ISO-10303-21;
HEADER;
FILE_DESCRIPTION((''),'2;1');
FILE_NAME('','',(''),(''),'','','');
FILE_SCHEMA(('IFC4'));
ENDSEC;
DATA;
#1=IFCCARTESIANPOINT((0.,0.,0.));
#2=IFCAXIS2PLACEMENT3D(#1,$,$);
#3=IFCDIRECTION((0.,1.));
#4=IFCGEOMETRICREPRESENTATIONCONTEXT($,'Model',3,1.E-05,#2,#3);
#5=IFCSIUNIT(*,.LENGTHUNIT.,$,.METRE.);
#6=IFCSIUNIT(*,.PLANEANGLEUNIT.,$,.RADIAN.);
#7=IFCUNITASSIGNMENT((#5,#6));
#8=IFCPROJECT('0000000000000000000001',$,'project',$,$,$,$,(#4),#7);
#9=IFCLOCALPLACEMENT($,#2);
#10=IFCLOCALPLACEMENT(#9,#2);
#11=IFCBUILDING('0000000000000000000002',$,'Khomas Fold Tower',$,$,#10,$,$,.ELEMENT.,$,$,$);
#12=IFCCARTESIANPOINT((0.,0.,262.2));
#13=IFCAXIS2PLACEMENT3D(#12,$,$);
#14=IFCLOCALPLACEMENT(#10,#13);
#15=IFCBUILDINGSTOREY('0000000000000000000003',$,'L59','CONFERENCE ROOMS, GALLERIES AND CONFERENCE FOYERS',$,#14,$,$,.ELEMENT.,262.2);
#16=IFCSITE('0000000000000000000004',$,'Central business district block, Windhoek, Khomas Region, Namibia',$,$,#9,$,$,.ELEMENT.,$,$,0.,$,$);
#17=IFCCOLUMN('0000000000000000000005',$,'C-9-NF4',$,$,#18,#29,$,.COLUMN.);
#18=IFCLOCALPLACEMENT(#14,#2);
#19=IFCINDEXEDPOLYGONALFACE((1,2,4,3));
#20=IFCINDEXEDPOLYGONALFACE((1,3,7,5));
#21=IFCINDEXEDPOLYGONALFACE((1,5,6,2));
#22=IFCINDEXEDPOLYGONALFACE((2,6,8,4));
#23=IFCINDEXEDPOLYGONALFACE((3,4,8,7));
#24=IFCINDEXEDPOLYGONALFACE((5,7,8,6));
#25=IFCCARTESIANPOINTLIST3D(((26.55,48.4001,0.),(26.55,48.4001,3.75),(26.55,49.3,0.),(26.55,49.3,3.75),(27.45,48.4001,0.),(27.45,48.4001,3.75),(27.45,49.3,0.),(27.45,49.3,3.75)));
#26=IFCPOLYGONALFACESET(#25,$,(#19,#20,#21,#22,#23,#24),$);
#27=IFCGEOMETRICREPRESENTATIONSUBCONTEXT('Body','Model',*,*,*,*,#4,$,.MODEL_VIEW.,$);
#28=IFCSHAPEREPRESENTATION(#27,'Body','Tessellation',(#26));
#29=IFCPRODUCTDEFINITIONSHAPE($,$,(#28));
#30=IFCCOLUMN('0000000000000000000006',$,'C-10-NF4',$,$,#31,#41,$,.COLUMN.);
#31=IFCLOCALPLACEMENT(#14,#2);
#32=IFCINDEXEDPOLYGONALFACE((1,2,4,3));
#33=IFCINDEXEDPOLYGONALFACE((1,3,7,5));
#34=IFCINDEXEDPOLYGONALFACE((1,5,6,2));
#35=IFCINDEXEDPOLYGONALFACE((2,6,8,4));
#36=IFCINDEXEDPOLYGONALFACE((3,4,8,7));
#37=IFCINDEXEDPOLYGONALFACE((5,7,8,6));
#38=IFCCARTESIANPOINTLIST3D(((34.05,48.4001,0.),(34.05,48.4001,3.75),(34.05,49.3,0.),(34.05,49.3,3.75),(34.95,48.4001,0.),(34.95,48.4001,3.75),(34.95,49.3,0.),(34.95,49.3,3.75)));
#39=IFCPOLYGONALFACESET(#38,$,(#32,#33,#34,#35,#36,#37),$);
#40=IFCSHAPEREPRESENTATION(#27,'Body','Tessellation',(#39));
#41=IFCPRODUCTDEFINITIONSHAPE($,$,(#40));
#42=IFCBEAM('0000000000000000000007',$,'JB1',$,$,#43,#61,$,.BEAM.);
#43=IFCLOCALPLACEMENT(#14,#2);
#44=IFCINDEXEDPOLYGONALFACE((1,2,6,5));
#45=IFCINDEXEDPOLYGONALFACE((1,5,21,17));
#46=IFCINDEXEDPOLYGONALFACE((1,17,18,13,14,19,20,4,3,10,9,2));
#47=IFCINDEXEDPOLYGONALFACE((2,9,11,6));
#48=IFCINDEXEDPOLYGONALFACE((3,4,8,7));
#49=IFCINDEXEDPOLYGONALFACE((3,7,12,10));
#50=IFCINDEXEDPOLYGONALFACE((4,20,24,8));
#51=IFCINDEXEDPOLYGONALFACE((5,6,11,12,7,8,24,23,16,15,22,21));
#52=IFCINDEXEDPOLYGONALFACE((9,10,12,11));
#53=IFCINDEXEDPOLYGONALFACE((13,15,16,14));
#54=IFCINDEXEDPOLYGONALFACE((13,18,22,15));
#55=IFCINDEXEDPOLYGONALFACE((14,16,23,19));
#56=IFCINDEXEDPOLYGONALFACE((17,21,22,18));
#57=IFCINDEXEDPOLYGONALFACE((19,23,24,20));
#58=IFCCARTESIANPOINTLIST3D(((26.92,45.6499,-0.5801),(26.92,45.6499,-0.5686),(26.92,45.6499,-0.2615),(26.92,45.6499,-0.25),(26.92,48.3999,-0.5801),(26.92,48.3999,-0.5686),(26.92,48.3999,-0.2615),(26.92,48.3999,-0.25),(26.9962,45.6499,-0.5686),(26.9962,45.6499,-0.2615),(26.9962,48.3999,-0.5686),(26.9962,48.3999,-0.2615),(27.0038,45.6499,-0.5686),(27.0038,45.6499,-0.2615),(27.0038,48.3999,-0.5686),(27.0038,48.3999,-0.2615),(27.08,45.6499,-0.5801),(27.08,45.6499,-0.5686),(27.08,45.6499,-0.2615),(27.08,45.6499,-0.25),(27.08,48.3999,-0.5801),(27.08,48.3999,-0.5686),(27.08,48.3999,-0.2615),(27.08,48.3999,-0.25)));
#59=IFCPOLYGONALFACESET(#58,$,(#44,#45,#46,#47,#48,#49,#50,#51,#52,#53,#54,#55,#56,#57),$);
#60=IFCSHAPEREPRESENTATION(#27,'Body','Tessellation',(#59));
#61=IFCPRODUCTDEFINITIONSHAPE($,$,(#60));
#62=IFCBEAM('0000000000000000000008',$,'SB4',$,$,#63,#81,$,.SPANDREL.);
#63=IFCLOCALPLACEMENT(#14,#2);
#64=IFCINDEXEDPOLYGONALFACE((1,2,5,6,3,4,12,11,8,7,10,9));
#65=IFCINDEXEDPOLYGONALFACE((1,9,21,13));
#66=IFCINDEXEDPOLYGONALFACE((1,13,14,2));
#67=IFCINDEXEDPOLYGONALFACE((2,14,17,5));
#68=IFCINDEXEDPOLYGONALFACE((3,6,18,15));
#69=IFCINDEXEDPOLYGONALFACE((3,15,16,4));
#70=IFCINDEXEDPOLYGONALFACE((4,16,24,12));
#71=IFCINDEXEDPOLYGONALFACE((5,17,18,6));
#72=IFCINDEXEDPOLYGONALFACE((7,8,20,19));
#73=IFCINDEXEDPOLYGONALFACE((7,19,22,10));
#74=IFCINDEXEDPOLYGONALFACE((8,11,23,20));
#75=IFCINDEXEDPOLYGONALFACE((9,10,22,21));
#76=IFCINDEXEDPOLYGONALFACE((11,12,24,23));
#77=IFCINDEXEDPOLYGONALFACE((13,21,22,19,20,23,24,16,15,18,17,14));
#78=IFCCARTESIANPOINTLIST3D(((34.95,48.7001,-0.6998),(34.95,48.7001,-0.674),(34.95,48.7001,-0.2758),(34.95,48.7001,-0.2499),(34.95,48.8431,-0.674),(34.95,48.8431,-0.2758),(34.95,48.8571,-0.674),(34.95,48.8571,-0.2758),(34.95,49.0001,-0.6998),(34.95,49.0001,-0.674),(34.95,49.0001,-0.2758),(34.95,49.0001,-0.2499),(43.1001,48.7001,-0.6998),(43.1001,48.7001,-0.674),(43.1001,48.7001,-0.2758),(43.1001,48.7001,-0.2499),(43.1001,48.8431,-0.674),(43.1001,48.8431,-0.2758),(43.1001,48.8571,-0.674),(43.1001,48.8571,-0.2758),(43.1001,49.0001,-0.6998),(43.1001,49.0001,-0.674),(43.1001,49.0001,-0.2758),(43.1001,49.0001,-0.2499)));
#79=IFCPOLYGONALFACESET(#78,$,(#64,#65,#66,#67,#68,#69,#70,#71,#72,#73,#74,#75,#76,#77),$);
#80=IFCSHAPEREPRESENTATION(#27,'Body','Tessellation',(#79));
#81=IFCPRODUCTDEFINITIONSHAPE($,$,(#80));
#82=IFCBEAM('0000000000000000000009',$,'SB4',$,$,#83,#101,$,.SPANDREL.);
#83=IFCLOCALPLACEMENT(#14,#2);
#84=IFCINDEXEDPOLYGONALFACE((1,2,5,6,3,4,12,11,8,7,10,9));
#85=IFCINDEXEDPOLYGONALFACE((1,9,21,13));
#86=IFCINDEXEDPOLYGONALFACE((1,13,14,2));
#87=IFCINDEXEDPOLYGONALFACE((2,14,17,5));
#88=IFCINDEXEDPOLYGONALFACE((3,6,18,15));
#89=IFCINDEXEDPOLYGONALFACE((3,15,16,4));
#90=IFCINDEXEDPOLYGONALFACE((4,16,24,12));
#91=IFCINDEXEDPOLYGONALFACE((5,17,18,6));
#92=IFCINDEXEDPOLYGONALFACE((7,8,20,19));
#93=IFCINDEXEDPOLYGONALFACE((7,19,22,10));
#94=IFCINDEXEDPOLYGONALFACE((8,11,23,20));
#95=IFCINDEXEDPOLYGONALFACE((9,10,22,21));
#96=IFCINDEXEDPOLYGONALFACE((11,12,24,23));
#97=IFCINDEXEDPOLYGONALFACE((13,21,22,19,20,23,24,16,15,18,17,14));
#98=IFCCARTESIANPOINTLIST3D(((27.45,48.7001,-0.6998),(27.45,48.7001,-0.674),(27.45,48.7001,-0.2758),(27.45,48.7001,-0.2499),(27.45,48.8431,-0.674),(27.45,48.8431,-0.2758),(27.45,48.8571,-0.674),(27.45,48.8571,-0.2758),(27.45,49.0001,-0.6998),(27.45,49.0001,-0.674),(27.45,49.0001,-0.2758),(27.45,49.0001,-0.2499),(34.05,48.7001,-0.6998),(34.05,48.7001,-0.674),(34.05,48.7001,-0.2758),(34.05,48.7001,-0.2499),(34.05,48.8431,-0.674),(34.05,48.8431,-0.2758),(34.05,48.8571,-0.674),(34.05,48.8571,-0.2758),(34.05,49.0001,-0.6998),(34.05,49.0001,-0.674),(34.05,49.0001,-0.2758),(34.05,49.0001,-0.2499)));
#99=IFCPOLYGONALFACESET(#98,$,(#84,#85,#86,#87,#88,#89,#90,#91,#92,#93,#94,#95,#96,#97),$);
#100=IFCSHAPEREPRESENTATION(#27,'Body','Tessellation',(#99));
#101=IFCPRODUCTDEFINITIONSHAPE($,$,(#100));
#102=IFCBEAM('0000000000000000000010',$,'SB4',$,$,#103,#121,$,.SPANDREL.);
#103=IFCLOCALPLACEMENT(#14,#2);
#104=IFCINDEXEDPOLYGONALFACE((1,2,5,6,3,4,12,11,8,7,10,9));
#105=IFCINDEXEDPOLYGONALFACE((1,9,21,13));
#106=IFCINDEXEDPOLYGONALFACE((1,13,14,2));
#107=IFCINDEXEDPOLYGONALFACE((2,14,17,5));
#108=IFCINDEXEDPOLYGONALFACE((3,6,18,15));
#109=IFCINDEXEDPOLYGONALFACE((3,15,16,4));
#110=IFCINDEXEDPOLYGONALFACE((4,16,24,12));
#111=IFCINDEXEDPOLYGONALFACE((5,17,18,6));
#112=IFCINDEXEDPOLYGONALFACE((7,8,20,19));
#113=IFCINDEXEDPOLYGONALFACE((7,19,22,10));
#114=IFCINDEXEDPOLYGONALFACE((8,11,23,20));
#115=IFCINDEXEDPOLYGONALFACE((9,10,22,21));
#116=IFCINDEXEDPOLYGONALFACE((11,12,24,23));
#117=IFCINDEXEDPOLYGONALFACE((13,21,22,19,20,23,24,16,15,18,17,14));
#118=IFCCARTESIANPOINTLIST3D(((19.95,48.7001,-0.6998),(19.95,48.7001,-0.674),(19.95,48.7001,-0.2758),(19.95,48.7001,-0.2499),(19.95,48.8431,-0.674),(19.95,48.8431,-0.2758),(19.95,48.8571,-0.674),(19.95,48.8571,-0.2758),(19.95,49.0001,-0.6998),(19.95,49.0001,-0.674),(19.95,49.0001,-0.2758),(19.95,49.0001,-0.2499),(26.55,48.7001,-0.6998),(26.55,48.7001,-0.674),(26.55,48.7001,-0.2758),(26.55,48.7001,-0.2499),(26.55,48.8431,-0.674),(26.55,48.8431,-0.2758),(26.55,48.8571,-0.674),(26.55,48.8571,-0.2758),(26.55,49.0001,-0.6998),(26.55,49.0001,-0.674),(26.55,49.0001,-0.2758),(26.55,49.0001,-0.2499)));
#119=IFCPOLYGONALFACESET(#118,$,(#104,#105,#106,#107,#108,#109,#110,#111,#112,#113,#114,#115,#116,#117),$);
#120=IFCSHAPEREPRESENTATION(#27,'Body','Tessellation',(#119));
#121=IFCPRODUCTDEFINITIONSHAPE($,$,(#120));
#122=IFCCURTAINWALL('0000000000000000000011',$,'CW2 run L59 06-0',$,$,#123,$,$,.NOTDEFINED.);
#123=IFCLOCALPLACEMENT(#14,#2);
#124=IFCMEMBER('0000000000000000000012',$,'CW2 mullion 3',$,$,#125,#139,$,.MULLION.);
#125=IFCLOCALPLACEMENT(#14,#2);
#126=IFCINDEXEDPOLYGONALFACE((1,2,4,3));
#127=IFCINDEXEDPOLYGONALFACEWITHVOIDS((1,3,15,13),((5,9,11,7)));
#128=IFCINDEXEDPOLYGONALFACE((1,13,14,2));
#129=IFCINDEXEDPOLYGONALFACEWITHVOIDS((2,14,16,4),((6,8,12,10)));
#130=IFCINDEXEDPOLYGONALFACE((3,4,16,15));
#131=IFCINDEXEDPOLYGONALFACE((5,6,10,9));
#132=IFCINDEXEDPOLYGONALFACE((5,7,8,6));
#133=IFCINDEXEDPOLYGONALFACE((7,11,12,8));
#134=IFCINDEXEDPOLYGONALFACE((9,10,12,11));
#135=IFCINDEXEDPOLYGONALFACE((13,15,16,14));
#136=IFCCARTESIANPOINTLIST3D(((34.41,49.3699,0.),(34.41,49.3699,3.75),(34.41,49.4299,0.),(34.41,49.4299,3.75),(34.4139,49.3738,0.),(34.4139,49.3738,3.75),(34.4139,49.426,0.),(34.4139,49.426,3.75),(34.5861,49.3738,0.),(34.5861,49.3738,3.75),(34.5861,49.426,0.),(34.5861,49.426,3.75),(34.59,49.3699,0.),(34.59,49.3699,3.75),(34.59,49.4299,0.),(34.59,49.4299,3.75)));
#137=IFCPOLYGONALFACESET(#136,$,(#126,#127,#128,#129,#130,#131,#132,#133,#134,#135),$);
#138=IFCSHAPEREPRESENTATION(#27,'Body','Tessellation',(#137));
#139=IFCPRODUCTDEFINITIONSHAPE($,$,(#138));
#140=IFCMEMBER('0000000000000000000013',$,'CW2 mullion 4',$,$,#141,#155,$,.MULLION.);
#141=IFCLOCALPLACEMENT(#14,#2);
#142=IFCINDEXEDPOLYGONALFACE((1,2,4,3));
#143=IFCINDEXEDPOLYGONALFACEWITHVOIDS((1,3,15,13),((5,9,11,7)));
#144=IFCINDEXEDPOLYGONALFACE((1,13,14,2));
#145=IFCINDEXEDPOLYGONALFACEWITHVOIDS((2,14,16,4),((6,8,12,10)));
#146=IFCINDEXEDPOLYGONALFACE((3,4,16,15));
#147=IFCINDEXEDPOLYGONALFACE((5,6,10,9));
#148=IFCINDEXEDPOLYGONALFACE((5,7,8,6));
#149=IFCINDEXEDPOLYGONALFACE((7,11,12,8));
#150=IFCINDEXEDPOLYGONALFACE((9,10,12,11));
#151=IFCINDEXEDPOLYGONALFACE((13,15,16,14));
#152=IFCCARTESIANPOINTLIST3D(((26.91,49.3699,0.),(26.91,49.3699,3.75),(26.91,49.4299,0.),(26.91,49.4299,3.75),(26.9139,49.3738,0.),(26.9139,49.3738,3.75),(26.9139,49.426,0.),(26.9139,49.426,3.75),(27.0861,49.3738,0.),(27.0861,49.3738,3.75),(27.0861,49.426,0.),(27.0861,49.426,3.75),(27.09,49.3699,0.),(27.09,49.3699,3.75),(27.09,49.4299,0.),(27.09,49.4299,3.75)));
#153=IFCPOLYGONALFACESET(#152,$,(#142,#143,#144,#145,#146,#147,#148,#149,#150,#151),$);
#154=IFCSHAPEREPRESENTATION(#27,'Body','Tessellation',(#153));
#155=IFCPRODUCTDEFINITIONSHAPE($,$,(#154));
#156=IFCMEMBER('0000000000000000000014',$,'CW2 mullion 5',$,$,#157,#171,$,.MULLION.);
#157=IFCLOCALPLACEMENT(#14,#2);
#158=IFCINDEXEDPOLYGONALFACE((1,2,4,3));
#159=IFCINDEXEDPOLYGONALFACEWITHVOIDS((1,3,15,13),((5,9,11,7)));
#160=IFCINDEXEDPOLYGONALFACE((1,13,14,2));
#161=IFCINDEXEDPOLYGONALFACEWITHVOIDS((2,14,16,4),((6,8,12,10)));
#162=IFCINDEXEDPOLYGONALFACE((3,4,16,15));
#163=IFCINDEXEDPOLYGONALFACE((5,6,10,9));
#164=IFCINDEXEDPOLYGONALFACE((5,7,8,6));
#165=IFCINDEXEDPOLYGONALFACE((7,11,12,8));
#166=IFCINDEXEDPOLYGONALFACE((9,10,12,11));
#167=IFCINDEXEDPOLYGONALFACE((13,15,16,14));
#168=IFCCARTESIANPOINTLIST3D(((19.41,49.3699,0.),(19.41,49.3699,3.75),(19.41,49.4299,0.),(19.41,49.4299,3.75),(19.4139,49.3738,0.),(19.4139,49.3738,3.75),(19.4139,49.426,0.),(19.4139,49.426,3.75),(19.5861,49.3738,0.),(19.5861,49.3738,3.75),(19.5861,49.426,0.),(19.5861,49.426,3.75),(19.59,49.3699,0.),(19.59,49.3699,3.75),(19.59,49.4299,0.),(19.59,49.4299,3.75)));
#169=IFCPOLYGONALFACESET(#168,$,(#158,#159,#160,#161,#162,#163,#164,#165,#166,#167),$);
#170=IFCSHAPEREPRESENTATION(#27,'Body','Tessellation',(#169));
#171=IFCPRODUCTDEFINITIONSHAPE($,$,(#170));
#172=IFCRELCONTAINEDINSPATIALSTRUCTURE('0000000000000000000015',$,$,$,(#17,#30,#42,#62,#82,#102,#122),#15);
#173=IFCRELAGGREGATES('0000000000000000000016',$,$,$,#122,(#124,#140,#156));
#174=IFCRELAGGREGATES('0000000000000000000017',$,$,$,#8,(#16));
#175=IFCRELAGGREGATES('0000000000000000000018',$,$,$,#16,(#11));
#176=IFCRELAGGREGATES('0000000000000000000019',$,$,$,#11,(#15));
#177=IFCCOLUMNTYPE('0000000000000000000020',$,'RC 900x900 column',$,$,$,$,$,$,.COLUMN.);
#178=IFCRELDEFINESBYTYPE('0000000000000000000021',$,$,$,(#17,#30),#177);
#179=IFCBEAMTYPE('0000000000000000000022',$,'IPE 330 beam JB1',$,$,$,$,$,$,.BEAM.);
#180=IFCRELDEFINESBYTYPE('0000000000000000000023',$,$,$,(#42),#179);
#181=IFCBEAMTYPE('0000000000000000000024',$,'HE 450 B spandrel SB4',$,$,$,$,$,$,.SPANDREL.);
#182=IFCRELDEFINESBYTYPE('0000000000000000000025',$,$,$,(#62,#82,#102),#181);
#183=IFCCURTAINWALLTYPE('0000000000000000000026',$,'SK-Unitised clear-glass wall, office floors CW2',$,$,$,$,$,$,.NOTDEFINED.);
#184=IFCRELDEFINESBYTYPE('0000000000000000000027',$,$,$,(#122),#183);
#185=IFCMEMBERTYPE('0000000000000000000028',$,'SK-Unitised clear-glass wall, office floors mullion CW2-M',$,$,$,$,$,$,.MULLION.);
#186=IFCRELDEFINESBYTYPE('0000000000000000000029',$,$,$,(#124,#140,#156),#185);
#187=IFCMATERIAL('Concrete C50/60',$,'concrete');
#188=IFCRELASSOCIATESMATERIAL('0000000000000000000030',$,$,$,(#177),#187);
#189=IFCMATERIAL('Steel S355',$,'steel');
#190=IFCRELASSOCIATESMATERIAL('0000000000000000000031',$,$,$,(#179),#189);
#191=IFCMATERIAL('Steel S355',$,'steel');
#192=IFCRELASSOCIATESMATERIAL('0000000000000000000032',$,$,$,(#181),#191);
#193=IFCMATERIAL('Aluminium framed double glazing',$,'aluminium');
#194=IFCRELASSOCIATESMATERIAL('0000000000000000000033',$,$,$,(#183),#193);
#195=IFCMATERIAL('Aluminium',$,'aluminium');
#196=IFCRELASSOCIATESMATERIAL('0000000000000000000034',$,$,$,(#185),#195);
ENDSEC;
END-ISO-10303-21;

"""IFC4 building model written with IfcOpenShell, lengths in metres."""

from ifc_helpers import new_model, si_unit, direction, frame, origin, origin_2d, place, context, subcontext, project, spatial, rectangle, hollow_rectangle, i_section, extrude, source, transform, mapped, material, material_profile, profile_set, type_object, element, aggregate, save


model = new_model("IFC4")

# Units and contexts
model_context = context("Model", 3, precision=1e-05, world=origin(), true_north=direction((0.0, 1.0)))
body_context = subcontext(model_context, "Body", "Model", "MODEL_VIEW")
ifc_project = project(units=[si_unit("LENGTHUNIT", "METRE"), si_unit("PLANEANGLEUNIT", "RADIAN")], contexts=[model_context])

# Site, building, storey
site_placement = place(None, origin())
site = spatial("IfcSite", under=ifc_project, at=site_placement, Name="Central business district block, Windhoek, Khomas Region, Namibia", CompositionType="ELEMENT", RefElevation=0.0)
building_placement = place(site_placement, origin())
building = spatial("IfcBuilding", under=site, at=building_placement, Name="Khomas Fold Tower", CompositionType="ELEMENT")
storey_placement = place(building_placement, frame((0.0, 0.0, 262.2)))
storey = spatial("IfcBuildingStorey", under=building, at=storey_placement, Name="L59", Description="CONFERENCE ROOMS, GALLERIES AND CONFERENCE FOYERS", CompositionType="ELEMENT", Elevation=262.2)

# Columns
ifc_material_1 = material(Name="Concrete C50/60", Category="concrete")
ifc_material_profile_1 = material_profile(ifc_material_1, rectangle(XDim=0.8999, YDim=0.8999, at=origin_2d()), Name="RC 900x900")
ifc_profile_set_1 = profile_set([ifc_material_profile_1], Name="Concrete C50/60")
column_type = type_object("IfcColumnType", Name="RC 900x900 column", PredefinedType="COLUMN", material=ifc_profile_set_1)
shared_shape_1 = source(origin(), body_context, "Body", "SweptSolid", [
    extrude(rectangle(XDim=0.8999, YDim=0.8999, at=origin_2d()), origin(), (0.0, 0.0, 1.0), 3.75),
])
for number, where, z_axis, x_axis, name in (
    (1, (27.0, 48.8501, 0.0), (0.0, 0.0, 1.0), (1.0, 0.0, 0.0), "C-9-NF4"),
    (2, (34.5, 48.8501, 0.0), (0.0, 0.0, 1.0), (1.0, 0.0, 0.0), "C-10-NF4"),
):
    element("IfcColumn", number, at=place(storey_placement, frame(where, z_axis=z_axis, x_axis=x_axis)), inside=storey, type_object=column_type, Name=name, PredefinedType="COLUMN", context=body_context, shape_type="MappedRepresentation", body=[
        mapped(shared_shape_1, transform((0.0, 0.0, 0.0))),
    ])

# Beams
ifc_material_2 = material(Name="Steel S355", Category="steel")
ifc_material_profile_2 = material_profile(ifc_material_2, i_section(OverallWidth=0.1599, OverallDepth=0.3301, WebThickness=0.0076, FlangeThickness=0.0115, at=origin_2d()), Name="IPE 330")
ifc_profile_set_2 = profile_set([ifc_material_profile_2], Name="Steel S355")
beam_type_1 = type_object("IfcBeamType", Name="IPE 330 beam JB1", PredefinedType="BEAM", material=ifc_profile_set_2)
shared_shape_2 = source(origin(), body_context, "Body", "SweptSolid", [
    extrude(i_section(OverallWidth=0.1599, OverallDepth=0.3301, WebThickness=0.0076, FlangeThickness=0.0115, at=origin_2d()), origin(), (0.0, 0.0, 1.0), 2.75),
])
beam_1_placement = place(storey_placement, frame((27.0, 45.6499, -0.415), z_axis=(0.0, 1.0, 0.0), x_axis=(-1.0, 0.0, 0.0)))
element("IfcBeam", 3, at=beam_1_placement, inside=storey, type_object=beam_type_1, Name="JB1", PredefinedType="BEAM", context=body_context, shape_type="MappedRepresentation", body=[
    mapped(shared_shape_2, transform((0.0, 0.0, 0.0))),
])
ifc_material_3 = material(Name="Steel S355", Category="steel")
ifc_material_profile_3 = material_profile(ifc_material_3, i_section(OverallWidth=0.3, OverallDepth=0.45, WebThickness=0.0139, FlangeThickness=0.0259, at=origin_2d()), Name="HE 450 B")
ifc_profile_set_3 = profile_set([ifc_material_profile_3], Name="Steel S355")
beam_type_2 = type_object("IfcBeamType", Name="HE 450 B spandrel SB4", PredefinedType="SPANDREL", material=ifc_profile_set_3)
shared_shape_3 = source(origin(), body_context, "Body", "SweptSolid", [
    extrude(i_section(OverallWidth=0.3, OverallDepth=0.45, WebThickness=0.0139, FlangeThickness=0.0259, at=origin_2d()), origin(), (0.0, 0.0, 1.0), 8.1501),
])
beam_2_placement = place(storey_placement, frame((34.95, 48.8501, -0.4749), z_axis=(1.0, 0.0, 0.0), x_axis=(0.0, 1.0, 0.0)))
element("IfcBeam", 4, at=beam_2_placement, inside=storey, type_object=beam_type_2, Name="SB4", PredefinedType="SPANDREL", context=body_context, shape_type="MappedRepresentation", body=[
    mapped(shared_shape_3, transform((0.0, 0.0, 0.0))),
])
shared_shape_4 = source(origin(), body_context, "Body", "SweptSolid", [
    extrude(i_section(OverallWidth=0.3, OverallDepth=0.45, WebThickness=0.0139, FlangeThickness=0.0259, at=origin_2d()), origin(), (0.0, 0.0, 1.0), 6.6001),
])
for number, where, z_axis, x_axis, name in (
    (5, (27.45, 48.8501, -0.4749), (1.0, 0.0, 0.0), (0.0, 1.0, 0.0), "SB4"),
    (6, (19.95, 48.8501, -0.4749), (1.0, 0.0, 0.0), (0.0, 1.0, 0.0), "SB4"),
):
    element("IfcBeam", number, at=place(storey_placement, frame(where, z_axis=z_axis, x_axis=x_axis)), inside=storey, type_object=beam_type_2, Name=name, PredefinedType="SPANDREL", context=body_context, shape_type="MappedRepresentation", body=[
        mapped(shared_shape_4, transform((0.0, 0.0, 0.0))),
    ])

# Curtain wall, members
ifc_material_4 = material(Name="Aluminium framed double glazing", Category="aluminium")
curtain_wall_type = type_object("IfcCurtainWallType", Name="SK-Unitised clear-glass wall, office floors CW2", PredefinedType="NOTDEFINED", material=ifc_material_4)
curtain_wall_placement = place(storey_placement, origin())
curtain_wall = element("IfcCurtainWall", 7, at=curtain_wall_placement, inside=storey, type_object=curtain_wall_type, Name="CW2 run L59 06-0", PredefinedType="NOTDEFINED")
ifc_material_5 = material(Name="Aluminium", Category="aluminium")
ifc_material_profile_4 = material_profile(ifc_material_5, hollow_rectangle(XDim=0.0601, YDim=0.1799, WallThickness=0.0039, at=origin_2d()), Name="SK-Unitised clear-glass wall, office floors mullion CW2-M")
ifc_profile_set_4 = profile_set([ifc_material_profile_4], Name="Aluminium")
member_type_1 = type_object("IfcMemberType", Name="SK-Unitised clear-glass wall, office floors mullion CW2-M", PredefinedType="MULLION", material=ifc_profile_set_4)
shared_shape_5 = source(origin(), body_context, "Body", "SweptSolid", [
    extrude(hollow_rectangle(XDim=0.0601, YDim=0.1799, WallThickness=0.0039, at=origin_2d()), origin(), (0.0, 0.0, 1.0), 3.75),
])
member_1_placement = place(storey_placement, frame((34.5, 49.3999, 0.0), z_axis=(0.0, 0.0, 1.0), x_axis=(0.0, -1.0, 0.0)))
member_1 = element("IfcMember", 8, at=member_1_placement, type_object=member_type_1, Name="CW2 mullion 3", PredefinedType="MULLION", context=body_context, shape_type="MappedRepresentation", body=[
    mapped(shared_shape_5, transform((0.0, 0.0, 0.0))),
])
member_2_placement = place(storey_placement, frame((27.0, 49.3999, 0.0), z_axis=(0.0, 0.0, 1.0), x_axis=(0.0, -1.0, 0.0)))
member_2 = element("IfcMember", 9, at=member_2_placement, type_object=member_type_1, Name="CW2 mullion 4", PredefinedType="MULLION", context=body_context, shape_type="MappedRepresentation", body=[
    mapped(shared_shape_5, transform((0.0, 0.0, 0.0))),
])
member_3_placement = place(storey_placement, frame((19.5, 49.3999, 0.0), z_axis=(0.0, 0.0, 1.0), x_axis=(0.0, -1.0, 0.0)))
member_3 = element("IfcMember", 10, at=member_3_placement, type_object=member_type_1, Name="CW2 mullion 5", PredefinedType="MULLION", context=body_context, shape_type="MappedRepresentation", body=[
    mapped(shared_shape_5, transform((0.0, 0.0, 0.0))),
])
aggregate(curtain_wall, [member_1, member_2, member_3])

save(model, "model.ifc")
